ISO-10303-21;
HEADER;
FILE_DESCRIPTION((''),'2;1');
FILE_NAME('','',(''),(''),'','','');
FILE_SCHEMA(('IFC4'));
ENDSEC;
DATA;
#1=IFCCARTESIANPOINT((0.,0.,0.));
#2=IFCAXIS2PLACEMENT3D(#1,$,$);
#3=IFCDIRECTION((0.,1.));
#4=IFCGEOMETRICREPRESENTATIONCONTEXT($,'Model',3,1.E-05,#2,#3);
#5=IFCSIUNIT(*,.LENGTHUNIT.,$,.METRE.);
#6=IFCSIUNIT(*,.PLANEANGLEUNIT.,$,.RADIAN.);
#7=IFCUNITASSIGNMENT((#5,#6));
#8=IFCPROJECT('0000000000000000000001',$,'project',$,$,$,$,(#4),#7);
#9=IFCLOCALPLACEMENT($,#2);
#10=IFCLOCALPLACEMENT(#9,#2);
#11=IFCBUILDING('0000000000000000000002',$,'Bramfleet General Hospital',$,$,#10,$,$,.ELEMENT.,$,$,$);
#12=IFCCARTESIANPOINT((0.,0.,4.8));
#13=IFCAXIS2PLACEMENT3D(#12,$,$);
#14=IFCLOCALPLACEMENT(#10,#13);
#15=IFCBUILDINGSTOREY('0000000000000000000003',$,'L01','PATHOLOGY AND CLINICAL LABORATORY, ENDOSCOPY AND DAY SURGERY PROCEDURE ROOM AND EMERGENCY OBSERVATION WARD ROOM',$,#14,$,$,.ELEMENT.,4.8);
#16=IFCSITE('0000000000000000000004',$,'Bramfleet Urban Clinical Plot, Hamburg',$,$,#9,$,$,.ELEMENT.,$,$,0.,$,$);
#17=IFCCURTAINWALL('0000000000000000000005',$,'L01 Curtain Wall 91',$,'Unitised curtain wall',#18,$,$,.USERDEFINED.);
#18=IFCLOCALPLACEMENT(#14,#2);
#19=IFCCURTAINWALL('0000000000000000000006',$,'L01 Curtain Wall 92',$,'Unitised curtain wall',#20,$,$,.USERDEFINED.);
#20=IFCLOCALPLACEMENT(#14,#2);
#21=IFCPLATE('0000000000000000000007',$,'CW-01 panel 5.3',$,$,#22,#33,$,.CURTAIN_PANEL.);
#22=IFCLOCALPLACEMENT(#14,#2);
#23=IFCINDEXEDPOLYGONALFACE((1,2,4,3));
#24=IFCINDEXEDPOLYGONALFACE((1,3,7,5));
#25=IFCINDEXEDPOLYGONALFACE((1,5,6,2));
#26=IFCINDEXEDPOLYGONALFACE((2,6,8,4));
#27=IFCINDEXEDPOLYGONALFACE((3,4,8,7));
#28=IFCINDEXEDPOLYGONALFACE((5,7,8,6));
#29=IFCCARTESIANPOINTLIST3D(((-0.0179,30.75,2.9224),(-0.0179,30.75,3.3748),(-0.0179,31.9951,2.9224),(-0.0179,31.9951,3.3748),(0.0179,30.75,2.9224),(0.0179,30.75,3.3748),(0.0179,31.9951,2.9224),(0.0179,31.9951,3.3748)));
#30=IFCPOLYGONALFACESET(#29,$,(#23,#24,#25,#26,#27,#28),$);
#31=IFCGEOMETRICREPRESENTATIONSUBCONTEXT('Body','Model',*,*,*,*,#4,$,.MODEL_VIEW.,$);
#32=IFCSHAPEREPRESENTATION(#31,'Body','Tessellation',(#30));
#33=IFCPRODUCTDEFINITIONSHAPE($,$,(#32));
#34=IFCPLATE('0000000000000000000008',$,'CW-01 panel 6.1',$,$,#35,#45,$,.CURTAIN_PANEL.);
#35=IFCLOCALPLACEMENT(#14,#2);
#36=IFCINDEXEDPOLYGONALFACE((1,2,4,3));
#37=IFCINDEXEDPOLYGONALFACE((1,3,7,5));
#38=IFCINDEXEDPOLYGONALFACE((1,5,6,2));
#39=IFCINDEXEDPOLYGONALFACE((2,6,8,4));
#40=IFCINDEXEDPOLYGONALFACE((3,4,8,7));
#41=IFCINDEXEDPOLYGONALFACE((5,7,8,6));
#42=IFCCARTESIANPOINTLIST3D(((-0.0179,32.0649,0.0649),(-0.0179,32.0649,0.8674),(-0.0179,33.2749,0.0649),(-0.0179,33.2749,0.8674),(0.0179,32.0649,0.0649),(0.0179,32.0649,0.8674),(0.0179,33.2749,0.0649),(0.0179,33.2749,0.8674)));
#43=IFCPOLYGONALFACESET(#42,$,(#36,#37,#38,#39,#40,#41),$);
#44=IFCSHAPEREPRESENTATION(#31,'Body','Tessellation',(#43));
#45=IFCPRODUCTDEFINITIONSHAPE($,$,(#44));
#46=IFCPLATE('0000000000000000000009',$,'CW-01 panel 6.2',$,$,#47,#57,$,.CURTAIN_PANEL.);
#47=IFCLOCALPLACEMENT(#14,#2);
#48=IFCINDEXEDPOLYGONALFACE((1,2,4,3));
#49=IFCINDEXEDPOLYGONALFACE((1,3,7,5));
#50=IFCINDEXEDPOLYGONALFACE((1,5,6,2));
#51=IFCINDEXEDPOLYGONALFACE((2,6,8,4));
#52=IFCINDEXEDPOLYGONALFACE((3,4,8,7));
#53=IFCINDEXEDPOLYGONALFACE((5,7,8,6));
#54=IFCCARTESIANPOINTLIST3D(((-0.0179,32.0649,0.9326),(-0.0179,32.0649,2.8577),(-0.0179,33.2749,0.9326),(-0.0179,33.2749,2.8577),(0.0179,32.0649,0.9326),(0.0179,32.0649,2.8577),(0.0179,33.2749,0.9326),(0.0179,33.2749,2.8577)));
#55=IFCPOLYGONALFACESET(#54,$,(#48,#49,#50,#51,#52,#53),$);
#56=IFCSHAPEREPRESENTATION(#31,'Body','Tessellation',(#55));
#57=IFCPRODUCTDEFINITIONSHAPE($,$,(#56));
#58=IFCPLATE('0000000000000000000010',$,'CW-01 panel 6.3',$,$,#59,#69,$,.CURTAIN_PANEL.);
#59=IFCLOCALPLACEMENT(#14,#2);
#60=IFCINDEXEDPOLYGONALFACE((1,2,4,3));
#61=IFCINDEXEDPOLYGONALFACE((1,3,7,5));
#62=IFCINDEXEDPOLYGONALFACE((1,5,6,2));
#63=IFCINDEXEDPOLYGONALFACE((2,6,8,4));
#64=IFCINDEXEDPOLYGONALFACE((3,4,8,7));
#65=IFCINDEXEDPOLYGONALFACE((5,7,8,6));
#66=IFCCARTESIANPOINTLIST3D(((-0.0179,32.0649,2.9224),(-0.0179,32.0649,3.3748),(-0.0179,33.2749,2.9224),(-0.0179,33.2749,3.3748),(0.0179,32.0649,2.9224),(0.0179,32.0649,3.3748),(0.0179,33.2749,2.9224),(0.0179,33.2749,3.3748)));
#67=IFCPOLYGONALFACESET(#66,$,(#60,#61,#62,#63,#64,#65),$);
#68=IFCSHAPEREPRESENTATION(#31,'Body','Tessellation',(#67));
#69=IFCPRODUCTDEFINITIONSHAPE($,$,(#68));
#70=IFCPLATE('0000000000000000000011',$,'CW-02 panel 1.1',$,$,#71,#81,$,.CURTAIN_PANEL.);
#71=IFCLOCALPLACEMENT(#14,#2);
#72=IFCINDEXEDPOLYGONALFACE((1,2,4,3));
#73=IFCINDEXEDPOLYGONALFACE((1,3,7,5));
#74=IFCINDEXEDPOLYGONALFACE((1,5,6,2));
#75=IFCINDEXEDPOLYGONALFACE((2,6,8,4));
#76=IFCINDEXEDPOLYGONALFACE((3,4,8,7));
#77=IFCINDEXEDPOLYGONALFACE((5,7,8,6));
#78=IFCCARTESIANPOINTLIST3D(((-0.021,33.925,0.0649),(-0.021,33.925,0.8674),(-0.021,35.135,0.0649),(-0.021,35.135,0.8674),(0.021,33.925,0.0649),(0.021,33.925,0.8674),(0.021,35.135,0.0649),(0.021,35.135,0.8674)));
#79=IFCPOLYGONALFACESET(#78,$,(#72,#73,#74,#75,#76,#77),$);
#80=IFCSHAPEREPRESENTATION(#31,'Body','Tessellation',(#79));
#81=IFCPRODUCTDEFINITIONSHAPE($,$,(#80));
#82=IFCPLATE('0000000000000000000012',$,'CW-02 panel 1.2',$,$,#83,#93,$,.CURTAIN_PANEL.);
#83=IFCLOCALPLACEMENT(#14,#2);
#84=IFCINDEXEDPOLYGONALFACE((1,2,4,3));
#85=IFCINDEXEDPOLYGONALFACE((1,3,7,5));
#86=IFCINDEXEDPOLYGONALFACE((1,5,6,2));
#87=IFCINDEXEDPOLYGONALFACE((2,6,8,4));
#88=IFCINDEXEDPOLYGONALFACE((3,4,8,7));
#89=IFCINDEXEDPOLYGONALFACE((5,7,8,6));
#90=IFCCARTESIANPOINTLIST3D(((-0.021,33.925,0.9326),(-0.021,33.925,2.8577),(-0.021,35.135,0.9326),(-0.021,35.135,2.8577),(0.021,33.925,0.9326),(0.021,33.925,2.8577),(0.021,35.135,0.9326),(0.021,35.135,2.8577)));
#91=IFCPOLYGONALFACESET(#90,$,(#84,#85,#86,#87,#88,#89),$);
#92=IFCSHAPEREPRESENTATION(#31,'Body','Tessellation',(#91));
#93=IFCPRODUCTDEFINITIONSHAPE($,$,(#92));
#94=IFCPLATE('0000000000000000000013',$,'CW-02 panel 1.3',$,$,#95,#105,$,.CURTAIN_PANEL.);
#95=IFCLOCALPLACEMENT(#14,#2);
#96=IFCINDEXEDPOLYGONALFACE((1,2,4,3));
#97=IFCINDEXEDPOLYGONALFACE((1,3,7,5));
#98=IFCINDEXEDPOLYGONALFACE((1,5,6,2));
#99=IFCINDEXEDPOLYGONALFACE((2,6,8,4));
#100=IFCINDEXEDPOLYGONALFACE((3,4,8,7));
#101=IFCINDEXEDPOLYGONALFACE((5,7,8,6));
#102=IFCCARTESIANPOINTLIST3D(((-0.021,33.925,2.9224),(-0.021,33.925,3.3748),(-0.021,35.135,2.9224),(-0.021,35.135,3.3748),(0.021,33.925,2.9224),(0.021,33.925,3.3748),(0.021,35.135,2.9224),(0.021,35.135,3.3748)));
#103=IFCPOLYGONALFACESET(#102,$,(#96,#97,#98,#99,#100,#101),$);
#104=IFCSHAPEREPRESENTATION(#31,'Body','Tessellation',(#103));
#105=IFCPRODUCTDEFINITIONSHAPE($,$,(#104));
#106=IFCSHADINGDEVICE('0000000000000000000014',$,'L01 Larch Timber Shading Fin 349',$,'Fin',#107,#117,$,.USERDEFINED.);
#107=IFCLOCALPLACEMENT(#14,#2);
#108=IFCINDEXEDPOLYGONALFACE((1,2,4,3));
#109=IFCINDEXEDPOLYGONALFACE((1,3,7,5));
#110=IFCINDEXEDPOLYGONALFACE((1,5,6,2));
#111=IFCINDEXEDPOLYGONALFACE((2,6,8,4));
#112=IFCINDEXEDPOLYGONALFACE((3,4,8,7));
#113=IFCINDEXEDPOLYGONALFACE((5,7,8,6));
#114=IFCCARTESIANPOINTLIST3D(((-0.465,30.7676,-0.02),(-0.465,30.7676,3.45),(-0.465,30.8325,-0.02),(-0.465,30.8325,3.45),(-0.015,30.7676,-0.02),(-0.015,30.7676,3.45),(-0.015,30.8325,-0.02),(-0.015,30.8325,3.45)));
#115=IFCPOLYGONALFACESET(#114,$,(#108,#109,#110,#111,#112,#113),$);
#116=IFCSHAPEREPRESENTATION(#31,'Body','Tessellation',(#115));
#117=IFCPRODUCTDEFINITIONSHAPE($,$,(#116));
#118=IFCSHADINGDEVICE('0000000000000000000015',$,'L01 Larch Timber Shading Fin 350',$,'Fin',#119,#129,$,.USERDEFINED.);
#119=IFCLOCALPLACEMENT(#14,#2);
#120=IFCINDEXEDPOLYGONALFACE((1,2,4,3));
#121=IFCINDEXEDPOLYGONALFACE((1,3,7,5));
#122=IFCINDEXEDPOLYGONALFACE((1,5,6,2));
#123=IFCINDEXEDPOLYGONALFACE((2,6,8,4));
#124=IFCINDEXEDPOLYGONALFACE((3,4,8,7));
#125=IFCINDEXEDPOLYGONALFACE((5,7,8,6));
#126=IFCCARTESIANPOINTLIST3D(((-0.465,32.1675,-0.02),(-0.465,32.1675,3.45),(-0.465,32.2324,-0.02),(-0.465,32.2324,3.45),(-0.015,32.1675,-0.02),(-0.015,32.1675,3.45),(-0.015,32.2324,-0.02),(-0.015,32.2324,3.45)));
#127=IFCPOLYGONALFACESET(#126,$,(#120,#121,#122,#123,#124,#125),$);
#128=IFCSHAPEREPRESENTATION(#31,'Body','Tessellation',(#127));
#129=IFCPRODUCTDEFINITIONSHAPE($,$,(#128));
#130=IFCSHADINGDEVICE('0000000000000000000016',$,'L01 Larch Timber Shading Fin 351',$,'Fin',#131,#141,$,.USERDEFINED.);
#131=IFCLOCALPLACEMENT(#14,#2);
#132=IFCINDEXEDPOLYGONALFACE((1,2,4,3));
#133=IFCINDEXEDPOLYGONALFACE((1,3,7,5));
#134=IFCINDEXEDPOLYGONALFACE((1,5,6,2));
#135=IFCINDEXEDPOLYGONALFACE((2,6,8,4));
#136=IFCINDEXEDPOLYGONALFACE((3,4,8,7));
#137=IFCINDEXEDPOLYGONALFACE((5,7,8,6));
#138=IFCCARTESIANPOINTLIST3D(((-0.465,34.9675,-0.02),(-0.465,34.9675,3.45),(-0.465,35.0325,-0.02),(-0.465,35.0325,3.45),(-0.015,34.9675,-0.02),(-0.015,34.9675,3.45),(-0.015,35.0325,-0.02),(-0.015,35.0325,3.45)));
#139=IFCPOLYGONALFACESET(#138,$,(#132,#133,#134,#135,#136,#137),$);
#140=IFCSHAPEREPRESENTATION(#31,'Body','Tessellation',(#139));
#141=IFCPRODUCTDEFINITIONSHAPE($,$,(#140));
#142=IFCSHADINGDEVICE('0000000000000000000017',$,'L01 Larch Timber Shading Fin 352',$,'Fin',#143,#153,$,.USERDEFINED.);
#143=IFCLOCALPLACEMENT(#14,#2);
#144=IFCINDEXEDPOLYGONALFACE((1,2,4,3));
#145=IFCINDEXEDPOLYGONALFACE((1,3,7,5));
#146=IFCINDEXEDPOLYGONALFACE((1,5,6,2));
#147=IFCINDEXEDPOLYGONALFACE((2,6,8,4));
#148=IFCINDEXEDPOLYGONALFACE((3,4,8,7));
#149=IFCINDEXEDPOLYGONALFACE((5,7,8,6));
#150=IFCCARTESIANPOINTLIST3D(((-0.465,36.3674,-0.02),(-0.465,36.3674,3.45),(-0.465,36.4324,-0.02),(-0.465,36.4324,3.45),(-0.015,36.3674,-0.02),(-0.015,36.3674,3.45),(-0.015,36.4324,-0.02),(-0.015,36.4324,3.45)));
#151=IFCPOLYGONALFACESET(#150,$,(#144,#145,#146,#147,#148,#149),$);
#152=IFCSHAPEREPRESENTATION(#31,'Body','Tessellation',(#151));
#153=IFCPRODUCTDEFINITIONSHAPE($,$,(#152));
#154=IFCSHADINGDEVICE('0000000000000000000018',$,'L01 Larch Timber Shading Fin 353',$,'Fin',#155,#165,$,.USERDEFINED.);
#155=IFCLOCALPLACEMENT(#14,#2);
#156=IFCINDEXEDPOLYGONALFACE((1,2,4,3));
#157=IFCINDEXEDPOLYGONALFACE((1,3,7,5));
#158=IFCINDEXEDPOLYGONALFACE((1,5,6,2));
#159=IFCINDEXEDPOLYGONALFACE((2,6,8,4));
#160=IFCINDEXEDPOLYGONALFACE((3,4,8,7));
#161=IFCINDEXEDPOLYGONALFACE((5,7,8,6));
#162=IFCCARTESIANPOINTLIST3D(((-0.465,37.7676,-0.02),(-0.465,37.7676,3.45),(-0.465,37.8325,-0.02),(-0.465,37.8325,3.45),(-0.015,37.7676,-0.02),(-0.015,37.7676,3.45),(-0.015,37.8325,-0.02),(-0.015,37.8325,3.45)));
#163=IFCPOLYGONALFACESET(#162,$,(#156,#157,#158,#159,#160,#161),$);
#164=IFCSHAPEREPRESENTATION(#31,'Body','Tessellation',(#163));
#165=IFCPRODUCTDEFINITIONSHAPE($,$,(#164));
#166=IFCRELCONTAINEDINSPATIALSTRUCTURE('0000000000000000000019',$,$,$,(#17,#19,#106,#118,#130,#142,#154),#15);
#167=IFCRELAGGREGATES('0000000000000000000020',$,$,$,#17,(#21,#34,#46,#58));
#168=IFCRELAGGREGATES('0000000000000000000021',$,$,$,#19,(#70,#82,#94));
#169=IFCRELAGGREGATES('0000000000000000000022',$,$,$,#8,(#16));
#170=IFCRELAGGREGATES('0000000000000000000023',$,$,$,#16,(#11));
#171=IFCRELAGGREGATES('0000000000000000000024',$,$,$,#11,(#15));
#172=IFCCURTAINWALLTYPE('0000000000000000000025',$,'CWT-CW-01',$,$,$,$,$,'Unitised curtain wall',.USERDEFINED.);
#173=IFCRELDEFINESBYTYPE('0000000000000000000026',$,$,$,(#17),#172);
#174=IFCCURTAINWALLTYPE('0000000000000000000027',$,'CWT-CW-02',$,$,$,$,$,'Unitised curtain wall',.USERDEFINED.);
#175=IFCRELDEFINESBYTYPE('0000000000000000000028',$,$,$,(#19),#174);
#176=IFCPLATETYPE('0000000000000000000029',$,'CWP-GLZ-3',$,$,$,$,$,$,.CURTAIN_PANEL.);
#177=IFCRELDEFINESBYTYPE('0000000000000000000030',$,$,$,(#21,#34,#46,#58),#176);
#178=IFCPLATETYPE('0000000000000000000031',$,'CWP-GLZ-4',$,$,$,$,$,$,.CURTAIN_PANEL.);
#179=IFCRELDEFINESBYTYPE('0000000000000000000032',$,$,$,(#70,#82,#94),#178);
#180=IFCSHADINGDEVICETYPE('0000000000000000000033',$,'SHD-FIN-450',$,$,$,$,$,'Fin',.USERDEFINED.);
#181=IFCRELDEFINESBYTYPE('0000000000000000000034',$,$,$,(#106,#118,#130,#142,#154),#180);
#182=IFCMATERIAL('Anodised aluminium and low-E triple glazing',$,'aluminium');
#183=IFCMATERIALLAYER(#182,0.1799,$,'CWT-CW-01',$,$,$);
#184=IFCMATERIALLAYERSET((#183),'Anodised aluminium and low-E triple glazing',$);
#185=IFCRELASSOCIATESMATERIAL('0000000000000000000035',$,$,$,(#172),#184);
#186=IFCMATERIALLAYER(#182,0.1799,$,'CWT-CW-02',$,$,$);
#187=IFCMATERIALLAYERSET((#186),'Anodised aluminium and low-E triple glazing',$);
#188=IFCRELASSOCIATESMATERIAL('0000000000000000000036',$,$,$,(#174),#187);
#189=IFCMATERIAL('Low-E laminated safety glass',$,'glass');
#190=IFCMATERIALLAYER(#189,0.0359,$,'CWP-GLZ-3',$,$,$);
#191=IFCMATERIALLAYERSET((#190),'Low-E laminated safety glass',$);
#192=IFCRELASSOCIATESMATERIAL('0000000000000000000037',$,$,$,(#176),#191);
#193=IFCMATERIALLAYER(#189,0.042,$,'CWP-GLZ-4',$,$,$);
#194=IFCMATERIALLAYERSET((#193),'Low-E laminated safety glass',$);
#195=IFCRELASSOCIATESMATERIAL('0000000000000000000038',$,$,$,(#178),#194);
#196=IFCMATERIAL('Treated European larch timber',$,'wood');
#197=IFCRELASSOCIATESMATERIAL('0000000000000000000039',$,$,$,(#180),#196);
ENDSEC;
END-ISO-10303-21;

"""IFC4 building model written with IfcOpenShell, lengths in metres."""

from ifc_helpers import new_model, si_unit, direction, frame, origin, origin_2d, place, context, subcontext, project, spatial, rectangle, extrude, material, layer, layer_set, material_profile, profile_set, type_object, element, aggregate, save


model = new_model("IFC4")

# Units and contexts
model_context = context("Model", 3, precision=1e-05, world=origin(), true_north=direction((0.0, 1.0)))
body_context = subcontext(model_context, "Body", "Model", "MODEL_VIEW")
ifc_project = project(units=[si_unit("LENGTHUNIT", "METRE"), si_unit("PLANEANGLEUNIT", "RADIAN")], contexts=[model_context])

# Site, building, storey
site_placement = place(None, origin())
site = spatial("IfcSite", under=ifc_project, at=site_placement, Name="Bramfleet Urban Clinical Plot, Hamburg", CompositionType="ELEMENT", RefElevation=0.0)
building_placement = place(site_placement, origin())
building = spatial("IfcBuilding", under=site, at=building_placement, Name="Bramfleet General Hospital", CompositionType="ELEMENT")
storey_placement = place(building_placement, frame((0.0, 0.0, 4.8)))
storey = spatial("IfcBuildingStorey", under=building, at=storey_placement, Name="L01", Description="PATHOLOGY AND CLINICAL LABORATORY, ENDOSCOPY AND DAY SURGERY PROCEDURE ROOM AND EMERGENCY OBSERVATION WARD ROOM", CompositionType="ELEMENT", Elevation=4.8)

# Curtain walls
ifc_material_1 = material(Name="Anodised aluminium and low-E triple glazing", Category="aluminium")
ifc_layer_1 = layer(ifc_material_1, 0.1799, Name="CWT-CW-01")
ifc_layer_set_1 = layer_set([ifc_layer_1], Name="Anodised aluminium and low-E triple glazing")
curtain_wall_type_1 = type_object("IfcCurtainWallType", Name="CWT-CW-01", ElementType="Unitised curtain wall", PredefinedType="USERDEFINED", material=ifc_layer_set_1)
curtain_wall_1_placement = place(storey_placement, origin())
curtain_wall_1 = element("IfcCurtainWall", 1, at=curtain_wall_1_placement, inside=storey, type_object=curtain_wall_type_1, Name="L01 Curtain Wall 91", ObjectType="Unitised curtain wall", PredefinedType="USERDEFINED")
ifc_layer_2 = layer(ifc_material_1, 0.1799, Name="CWT-CW-02")
ifc_layer_set_2 = layer_set([ifc_layer_2], Name="Anodised aluminium and low-E triple glazing")
curtain_wall_type_2 = type_object("IfcCurtainWallType", Name="CWT-CW-02", ElementType="Unitised curtain wall", PredefinedType="USERDEFINED", material=ifc_layer_set_2)
curtain_wall_2_placement = place(storey_placement, origin())
curtain_wall_2 = element("IfcCurtainWall", 2, at=curtain_wall_2_placement, inside=storey, type_object=curtain_wall_type_2, Name="L01 Curtain Wall 92", ObjectType="Unitised curtain wall", PredefinedType="USERDEFINED")

# Plates
ifc_material_2 = material(Name="Low-E laminated safety glass", Category="glass")
ifc_layer_3 = layer(ifc_material_2, 0.0359, Name="CWP-GLZ-3")
ifc_layer_set_3 = layer_set([ifc_layer_3], Name="Low-E laminated safety glass")
plate_type_1 = type_object("IfcPlateType", Name="CWP-GLZ-3", PredefinedType="CURTAIN_PANEL", material=ifc_layer_set_3)
plate_1_placement = place(storey_placement, frame((0.0, 31.3726, 2.9224), z_axis=(0.0, 0.0, 1.0), x_axis=(0.0, 1.0, 0.0)))
plate_1 = element("IfcPlate", 3, at=plate_1_placement, type_object=plate_type_1, Name="CW-01 panel 5.3", PredefinedType="CURTAIN_PANEL", context=body_context, shape_type="SweptSolid", body=[
    extrude(rectangle(XDim=1.2451, YDim=0.0359, at=origin_2d()), origin(), (0.0, 0.0, 1.0), 0.4524),
])
plate_2_placement = place(storey_placement, frame((0.0, 32.6699, 0.0649), z_axis=(0.0, 0.0, 1.0), x_axis=(0.0, 1.0, 0.0)))
plate_2 = element("IfcPlate", 4, at=plate_2_placement, type_object=plate_type_1, Name="CW-01 panel 6.1", PredefinedType="CURTAIN_PANEL", context=body_context, shape_type="SweptSolid", body=[
    extrude(rectangle(XDim=1.21, YDim=0.0359, at=origin_2d()), origin(), (0.0, 0.0, 1.0), 0.8025),
])
plate_3_placement = place(storey_placement, frame((0.0, 32.6699, 0.9326), z_axis=(0.0, 0.0, 1.0), x_axis=(0.0, 1.0, 0.0)))
plate_3 = element("IfcPlate", 5, at=plate_3_placement, type_object=plate_type_1, Name="CW-01 panel 6.2", PredefinedType="CURTAIN_PANEL", context=body_context, shape_type="SweptSolid", body=[
    extrude(rectangle(XDim=1.21, YDim=0.0359, at=origin_2d()), origin(), (0.0, 0.0, 1.0), 1.925),
])
plate_4_placement = place(storey_placement, frame((0.0, 32.6699, 2.9224), z_axis=(0.0, 0.0, 1.0), x_axis=(0.0, 1.0, 0.0)))
plate_4 = element("IfcPlate", 6, at=plate_4_placement, type_object=plate_type_1, Name="CW-01 panel 6.3", PredefinedType="CURTAIN_PANEL", context=body_context, shape_type="SweptSolid", body=[
    extrude(rectangle(XDim=1.21, YDim=0.0359, at=origin_2d()), origin(), (0.0, 0.0, 1.0), 0.4524),
])
aggregate(curtain_wall_1, [plate_1, plate_2, plate_3, plate_4])
ifc_layer_4 = layer(ifc_material_2, 0.042, Name="CWP-GLZ-4")
ifc_layer_set_4 = layer_set([ifc_layer_4], Name="Low-E laminated safety glass")
plate_type_2 = type_object("IfcPlateType", Name="CWP-GLZ-4", PredefinedType="CURTAIN_PANEL", material=ifc_layer_set_4)
plate_5_placement = place(storey_placement, frame((0.0, 34.53, 0.0649), z_axis=(0.0, 0.0, 1.0), x_axis=(0.0, 1.0, 0.0)))
plate_5 = element("IfcPlate", 7, at=plate_5_placement, type_object=plate_type_2, Name="CW-02 panel 1.1", PredefinedType="CURTAIN_PANEL", context=body_context, shape_type="SweptSolid", body=[
    extrude(rectangle(XDim=1.21, YDim=0.042, at=origin_2d()), origin(), (0.0, 0.0, 1.0), 0.8025),
])
plate_6_placement = place(storey_placement, frame((0.0, 34.53, 0.9326), z_axis=(0.0, 0.0, 1.0), x_axis=(0.0, 1.0, 0.0)))
plate_6 = element("IfcPlate", 8, at=plate_6_placement, type_object=plate_type_2, Name="CW-02 panel 1.2", PredefinedType="CURTAIN_PANEL", context=body_context, shape_type="SweptSolid", body=[
    extrude(rectangle(XDim=1.21, YDim=0.042, at=origin_2d()), origin(), (0.0, 0.0, 1.0), 1.925),
])
plate_7_placement = place(storey_placement, frame((0.0, 34.53, 2.9224), z_axis=(0.0, 0.0, 1.0), x_axis=(0.0, 1.0, 0.0)))
plate_7 = element("IfcPlate", 9, at=plate_7_placement, type_object=plate_type_2, Name="CW-02 panel 1.3", PredefinedType="CURTAIN_PANEL", context=body_context, shape_type="SweptSolid", body=[
    extrude(rectangle(XDim=1.21, YDim=0.042, at=origin_2d()), origin(), (0.0, 0.0, 1.0), 0.4524),
])
aggregate(curtain_wall_2, [plate_5, plate_6, plate_7])

# Shading devices
ifc_material_3 = material(Name="Treated European larch timber", Category="wood")
ifc_material_profile_1 = material_profile(ifc_material_3, rectangle(XDim=0.0649, YDim=0.45, at=origin_2d()), Name="LARCH FIN 450x65")
ifc_profile_set_1 = profile_set([ifc_material_profile_1], Name="Treated European larch timber")
shading_device_type = type_object("IfcShadingDeviceType", Name="SHD-FIN-450", ElementType="Fin", PredefinedType="USERDEFINED", material=ifc_profile_set_1)
for number, where, z_axis, x_axis, name in (
    (10, (-0.24, 30.8, -0.02), (0.0, 0.0, 1.0), (0.0, 1.0, 0.0), "L01 Larch Timber Shading Fin 349"),
    (11, (-0.24, 32.2, -0.02), (0.0, 0.0, 1.0), (0.0, 1.0, 0.0), "L01 Larch Timber Shading Fin 350"),
    (12, (-0.24, 35.0, -0.02), (0.0, 0.0, 1.0), (0.0, 1.0, 0.0), "L01 Larch Timber Shading Fin 351"),
    (13, (-0.24, 36.3999, -0.02), (0.0, 0.0, 1.0), (0.0, 1.0, 0.0), "L01 Larch Timber Shading Fin 352"),
    (14, (-0.24, 37.8, -0.02), (0.0, 0.0, 1.0), (0.0, 1.0, 0.0), "L01 Larch Timber Shading Fin 353"),
):
    element("IfcShadingDevice", number, at=place(storey_placement, frame(where, z_axis=z_axis, x_axis=x_axis)), inside=storey, type_object=shading_device_type, Name=name, ObjectType="Fin", PredefinedType="USERDEFINED", context=body_context, shape_type="SweptSolid", body=[
        extrude(rectangle(XDim=0.0649, YDim=0.45, at=origin_2d()), origin(), (0.0, 0.0, 1.0), 3.47),
    ])

save(model, "model.ifc")
